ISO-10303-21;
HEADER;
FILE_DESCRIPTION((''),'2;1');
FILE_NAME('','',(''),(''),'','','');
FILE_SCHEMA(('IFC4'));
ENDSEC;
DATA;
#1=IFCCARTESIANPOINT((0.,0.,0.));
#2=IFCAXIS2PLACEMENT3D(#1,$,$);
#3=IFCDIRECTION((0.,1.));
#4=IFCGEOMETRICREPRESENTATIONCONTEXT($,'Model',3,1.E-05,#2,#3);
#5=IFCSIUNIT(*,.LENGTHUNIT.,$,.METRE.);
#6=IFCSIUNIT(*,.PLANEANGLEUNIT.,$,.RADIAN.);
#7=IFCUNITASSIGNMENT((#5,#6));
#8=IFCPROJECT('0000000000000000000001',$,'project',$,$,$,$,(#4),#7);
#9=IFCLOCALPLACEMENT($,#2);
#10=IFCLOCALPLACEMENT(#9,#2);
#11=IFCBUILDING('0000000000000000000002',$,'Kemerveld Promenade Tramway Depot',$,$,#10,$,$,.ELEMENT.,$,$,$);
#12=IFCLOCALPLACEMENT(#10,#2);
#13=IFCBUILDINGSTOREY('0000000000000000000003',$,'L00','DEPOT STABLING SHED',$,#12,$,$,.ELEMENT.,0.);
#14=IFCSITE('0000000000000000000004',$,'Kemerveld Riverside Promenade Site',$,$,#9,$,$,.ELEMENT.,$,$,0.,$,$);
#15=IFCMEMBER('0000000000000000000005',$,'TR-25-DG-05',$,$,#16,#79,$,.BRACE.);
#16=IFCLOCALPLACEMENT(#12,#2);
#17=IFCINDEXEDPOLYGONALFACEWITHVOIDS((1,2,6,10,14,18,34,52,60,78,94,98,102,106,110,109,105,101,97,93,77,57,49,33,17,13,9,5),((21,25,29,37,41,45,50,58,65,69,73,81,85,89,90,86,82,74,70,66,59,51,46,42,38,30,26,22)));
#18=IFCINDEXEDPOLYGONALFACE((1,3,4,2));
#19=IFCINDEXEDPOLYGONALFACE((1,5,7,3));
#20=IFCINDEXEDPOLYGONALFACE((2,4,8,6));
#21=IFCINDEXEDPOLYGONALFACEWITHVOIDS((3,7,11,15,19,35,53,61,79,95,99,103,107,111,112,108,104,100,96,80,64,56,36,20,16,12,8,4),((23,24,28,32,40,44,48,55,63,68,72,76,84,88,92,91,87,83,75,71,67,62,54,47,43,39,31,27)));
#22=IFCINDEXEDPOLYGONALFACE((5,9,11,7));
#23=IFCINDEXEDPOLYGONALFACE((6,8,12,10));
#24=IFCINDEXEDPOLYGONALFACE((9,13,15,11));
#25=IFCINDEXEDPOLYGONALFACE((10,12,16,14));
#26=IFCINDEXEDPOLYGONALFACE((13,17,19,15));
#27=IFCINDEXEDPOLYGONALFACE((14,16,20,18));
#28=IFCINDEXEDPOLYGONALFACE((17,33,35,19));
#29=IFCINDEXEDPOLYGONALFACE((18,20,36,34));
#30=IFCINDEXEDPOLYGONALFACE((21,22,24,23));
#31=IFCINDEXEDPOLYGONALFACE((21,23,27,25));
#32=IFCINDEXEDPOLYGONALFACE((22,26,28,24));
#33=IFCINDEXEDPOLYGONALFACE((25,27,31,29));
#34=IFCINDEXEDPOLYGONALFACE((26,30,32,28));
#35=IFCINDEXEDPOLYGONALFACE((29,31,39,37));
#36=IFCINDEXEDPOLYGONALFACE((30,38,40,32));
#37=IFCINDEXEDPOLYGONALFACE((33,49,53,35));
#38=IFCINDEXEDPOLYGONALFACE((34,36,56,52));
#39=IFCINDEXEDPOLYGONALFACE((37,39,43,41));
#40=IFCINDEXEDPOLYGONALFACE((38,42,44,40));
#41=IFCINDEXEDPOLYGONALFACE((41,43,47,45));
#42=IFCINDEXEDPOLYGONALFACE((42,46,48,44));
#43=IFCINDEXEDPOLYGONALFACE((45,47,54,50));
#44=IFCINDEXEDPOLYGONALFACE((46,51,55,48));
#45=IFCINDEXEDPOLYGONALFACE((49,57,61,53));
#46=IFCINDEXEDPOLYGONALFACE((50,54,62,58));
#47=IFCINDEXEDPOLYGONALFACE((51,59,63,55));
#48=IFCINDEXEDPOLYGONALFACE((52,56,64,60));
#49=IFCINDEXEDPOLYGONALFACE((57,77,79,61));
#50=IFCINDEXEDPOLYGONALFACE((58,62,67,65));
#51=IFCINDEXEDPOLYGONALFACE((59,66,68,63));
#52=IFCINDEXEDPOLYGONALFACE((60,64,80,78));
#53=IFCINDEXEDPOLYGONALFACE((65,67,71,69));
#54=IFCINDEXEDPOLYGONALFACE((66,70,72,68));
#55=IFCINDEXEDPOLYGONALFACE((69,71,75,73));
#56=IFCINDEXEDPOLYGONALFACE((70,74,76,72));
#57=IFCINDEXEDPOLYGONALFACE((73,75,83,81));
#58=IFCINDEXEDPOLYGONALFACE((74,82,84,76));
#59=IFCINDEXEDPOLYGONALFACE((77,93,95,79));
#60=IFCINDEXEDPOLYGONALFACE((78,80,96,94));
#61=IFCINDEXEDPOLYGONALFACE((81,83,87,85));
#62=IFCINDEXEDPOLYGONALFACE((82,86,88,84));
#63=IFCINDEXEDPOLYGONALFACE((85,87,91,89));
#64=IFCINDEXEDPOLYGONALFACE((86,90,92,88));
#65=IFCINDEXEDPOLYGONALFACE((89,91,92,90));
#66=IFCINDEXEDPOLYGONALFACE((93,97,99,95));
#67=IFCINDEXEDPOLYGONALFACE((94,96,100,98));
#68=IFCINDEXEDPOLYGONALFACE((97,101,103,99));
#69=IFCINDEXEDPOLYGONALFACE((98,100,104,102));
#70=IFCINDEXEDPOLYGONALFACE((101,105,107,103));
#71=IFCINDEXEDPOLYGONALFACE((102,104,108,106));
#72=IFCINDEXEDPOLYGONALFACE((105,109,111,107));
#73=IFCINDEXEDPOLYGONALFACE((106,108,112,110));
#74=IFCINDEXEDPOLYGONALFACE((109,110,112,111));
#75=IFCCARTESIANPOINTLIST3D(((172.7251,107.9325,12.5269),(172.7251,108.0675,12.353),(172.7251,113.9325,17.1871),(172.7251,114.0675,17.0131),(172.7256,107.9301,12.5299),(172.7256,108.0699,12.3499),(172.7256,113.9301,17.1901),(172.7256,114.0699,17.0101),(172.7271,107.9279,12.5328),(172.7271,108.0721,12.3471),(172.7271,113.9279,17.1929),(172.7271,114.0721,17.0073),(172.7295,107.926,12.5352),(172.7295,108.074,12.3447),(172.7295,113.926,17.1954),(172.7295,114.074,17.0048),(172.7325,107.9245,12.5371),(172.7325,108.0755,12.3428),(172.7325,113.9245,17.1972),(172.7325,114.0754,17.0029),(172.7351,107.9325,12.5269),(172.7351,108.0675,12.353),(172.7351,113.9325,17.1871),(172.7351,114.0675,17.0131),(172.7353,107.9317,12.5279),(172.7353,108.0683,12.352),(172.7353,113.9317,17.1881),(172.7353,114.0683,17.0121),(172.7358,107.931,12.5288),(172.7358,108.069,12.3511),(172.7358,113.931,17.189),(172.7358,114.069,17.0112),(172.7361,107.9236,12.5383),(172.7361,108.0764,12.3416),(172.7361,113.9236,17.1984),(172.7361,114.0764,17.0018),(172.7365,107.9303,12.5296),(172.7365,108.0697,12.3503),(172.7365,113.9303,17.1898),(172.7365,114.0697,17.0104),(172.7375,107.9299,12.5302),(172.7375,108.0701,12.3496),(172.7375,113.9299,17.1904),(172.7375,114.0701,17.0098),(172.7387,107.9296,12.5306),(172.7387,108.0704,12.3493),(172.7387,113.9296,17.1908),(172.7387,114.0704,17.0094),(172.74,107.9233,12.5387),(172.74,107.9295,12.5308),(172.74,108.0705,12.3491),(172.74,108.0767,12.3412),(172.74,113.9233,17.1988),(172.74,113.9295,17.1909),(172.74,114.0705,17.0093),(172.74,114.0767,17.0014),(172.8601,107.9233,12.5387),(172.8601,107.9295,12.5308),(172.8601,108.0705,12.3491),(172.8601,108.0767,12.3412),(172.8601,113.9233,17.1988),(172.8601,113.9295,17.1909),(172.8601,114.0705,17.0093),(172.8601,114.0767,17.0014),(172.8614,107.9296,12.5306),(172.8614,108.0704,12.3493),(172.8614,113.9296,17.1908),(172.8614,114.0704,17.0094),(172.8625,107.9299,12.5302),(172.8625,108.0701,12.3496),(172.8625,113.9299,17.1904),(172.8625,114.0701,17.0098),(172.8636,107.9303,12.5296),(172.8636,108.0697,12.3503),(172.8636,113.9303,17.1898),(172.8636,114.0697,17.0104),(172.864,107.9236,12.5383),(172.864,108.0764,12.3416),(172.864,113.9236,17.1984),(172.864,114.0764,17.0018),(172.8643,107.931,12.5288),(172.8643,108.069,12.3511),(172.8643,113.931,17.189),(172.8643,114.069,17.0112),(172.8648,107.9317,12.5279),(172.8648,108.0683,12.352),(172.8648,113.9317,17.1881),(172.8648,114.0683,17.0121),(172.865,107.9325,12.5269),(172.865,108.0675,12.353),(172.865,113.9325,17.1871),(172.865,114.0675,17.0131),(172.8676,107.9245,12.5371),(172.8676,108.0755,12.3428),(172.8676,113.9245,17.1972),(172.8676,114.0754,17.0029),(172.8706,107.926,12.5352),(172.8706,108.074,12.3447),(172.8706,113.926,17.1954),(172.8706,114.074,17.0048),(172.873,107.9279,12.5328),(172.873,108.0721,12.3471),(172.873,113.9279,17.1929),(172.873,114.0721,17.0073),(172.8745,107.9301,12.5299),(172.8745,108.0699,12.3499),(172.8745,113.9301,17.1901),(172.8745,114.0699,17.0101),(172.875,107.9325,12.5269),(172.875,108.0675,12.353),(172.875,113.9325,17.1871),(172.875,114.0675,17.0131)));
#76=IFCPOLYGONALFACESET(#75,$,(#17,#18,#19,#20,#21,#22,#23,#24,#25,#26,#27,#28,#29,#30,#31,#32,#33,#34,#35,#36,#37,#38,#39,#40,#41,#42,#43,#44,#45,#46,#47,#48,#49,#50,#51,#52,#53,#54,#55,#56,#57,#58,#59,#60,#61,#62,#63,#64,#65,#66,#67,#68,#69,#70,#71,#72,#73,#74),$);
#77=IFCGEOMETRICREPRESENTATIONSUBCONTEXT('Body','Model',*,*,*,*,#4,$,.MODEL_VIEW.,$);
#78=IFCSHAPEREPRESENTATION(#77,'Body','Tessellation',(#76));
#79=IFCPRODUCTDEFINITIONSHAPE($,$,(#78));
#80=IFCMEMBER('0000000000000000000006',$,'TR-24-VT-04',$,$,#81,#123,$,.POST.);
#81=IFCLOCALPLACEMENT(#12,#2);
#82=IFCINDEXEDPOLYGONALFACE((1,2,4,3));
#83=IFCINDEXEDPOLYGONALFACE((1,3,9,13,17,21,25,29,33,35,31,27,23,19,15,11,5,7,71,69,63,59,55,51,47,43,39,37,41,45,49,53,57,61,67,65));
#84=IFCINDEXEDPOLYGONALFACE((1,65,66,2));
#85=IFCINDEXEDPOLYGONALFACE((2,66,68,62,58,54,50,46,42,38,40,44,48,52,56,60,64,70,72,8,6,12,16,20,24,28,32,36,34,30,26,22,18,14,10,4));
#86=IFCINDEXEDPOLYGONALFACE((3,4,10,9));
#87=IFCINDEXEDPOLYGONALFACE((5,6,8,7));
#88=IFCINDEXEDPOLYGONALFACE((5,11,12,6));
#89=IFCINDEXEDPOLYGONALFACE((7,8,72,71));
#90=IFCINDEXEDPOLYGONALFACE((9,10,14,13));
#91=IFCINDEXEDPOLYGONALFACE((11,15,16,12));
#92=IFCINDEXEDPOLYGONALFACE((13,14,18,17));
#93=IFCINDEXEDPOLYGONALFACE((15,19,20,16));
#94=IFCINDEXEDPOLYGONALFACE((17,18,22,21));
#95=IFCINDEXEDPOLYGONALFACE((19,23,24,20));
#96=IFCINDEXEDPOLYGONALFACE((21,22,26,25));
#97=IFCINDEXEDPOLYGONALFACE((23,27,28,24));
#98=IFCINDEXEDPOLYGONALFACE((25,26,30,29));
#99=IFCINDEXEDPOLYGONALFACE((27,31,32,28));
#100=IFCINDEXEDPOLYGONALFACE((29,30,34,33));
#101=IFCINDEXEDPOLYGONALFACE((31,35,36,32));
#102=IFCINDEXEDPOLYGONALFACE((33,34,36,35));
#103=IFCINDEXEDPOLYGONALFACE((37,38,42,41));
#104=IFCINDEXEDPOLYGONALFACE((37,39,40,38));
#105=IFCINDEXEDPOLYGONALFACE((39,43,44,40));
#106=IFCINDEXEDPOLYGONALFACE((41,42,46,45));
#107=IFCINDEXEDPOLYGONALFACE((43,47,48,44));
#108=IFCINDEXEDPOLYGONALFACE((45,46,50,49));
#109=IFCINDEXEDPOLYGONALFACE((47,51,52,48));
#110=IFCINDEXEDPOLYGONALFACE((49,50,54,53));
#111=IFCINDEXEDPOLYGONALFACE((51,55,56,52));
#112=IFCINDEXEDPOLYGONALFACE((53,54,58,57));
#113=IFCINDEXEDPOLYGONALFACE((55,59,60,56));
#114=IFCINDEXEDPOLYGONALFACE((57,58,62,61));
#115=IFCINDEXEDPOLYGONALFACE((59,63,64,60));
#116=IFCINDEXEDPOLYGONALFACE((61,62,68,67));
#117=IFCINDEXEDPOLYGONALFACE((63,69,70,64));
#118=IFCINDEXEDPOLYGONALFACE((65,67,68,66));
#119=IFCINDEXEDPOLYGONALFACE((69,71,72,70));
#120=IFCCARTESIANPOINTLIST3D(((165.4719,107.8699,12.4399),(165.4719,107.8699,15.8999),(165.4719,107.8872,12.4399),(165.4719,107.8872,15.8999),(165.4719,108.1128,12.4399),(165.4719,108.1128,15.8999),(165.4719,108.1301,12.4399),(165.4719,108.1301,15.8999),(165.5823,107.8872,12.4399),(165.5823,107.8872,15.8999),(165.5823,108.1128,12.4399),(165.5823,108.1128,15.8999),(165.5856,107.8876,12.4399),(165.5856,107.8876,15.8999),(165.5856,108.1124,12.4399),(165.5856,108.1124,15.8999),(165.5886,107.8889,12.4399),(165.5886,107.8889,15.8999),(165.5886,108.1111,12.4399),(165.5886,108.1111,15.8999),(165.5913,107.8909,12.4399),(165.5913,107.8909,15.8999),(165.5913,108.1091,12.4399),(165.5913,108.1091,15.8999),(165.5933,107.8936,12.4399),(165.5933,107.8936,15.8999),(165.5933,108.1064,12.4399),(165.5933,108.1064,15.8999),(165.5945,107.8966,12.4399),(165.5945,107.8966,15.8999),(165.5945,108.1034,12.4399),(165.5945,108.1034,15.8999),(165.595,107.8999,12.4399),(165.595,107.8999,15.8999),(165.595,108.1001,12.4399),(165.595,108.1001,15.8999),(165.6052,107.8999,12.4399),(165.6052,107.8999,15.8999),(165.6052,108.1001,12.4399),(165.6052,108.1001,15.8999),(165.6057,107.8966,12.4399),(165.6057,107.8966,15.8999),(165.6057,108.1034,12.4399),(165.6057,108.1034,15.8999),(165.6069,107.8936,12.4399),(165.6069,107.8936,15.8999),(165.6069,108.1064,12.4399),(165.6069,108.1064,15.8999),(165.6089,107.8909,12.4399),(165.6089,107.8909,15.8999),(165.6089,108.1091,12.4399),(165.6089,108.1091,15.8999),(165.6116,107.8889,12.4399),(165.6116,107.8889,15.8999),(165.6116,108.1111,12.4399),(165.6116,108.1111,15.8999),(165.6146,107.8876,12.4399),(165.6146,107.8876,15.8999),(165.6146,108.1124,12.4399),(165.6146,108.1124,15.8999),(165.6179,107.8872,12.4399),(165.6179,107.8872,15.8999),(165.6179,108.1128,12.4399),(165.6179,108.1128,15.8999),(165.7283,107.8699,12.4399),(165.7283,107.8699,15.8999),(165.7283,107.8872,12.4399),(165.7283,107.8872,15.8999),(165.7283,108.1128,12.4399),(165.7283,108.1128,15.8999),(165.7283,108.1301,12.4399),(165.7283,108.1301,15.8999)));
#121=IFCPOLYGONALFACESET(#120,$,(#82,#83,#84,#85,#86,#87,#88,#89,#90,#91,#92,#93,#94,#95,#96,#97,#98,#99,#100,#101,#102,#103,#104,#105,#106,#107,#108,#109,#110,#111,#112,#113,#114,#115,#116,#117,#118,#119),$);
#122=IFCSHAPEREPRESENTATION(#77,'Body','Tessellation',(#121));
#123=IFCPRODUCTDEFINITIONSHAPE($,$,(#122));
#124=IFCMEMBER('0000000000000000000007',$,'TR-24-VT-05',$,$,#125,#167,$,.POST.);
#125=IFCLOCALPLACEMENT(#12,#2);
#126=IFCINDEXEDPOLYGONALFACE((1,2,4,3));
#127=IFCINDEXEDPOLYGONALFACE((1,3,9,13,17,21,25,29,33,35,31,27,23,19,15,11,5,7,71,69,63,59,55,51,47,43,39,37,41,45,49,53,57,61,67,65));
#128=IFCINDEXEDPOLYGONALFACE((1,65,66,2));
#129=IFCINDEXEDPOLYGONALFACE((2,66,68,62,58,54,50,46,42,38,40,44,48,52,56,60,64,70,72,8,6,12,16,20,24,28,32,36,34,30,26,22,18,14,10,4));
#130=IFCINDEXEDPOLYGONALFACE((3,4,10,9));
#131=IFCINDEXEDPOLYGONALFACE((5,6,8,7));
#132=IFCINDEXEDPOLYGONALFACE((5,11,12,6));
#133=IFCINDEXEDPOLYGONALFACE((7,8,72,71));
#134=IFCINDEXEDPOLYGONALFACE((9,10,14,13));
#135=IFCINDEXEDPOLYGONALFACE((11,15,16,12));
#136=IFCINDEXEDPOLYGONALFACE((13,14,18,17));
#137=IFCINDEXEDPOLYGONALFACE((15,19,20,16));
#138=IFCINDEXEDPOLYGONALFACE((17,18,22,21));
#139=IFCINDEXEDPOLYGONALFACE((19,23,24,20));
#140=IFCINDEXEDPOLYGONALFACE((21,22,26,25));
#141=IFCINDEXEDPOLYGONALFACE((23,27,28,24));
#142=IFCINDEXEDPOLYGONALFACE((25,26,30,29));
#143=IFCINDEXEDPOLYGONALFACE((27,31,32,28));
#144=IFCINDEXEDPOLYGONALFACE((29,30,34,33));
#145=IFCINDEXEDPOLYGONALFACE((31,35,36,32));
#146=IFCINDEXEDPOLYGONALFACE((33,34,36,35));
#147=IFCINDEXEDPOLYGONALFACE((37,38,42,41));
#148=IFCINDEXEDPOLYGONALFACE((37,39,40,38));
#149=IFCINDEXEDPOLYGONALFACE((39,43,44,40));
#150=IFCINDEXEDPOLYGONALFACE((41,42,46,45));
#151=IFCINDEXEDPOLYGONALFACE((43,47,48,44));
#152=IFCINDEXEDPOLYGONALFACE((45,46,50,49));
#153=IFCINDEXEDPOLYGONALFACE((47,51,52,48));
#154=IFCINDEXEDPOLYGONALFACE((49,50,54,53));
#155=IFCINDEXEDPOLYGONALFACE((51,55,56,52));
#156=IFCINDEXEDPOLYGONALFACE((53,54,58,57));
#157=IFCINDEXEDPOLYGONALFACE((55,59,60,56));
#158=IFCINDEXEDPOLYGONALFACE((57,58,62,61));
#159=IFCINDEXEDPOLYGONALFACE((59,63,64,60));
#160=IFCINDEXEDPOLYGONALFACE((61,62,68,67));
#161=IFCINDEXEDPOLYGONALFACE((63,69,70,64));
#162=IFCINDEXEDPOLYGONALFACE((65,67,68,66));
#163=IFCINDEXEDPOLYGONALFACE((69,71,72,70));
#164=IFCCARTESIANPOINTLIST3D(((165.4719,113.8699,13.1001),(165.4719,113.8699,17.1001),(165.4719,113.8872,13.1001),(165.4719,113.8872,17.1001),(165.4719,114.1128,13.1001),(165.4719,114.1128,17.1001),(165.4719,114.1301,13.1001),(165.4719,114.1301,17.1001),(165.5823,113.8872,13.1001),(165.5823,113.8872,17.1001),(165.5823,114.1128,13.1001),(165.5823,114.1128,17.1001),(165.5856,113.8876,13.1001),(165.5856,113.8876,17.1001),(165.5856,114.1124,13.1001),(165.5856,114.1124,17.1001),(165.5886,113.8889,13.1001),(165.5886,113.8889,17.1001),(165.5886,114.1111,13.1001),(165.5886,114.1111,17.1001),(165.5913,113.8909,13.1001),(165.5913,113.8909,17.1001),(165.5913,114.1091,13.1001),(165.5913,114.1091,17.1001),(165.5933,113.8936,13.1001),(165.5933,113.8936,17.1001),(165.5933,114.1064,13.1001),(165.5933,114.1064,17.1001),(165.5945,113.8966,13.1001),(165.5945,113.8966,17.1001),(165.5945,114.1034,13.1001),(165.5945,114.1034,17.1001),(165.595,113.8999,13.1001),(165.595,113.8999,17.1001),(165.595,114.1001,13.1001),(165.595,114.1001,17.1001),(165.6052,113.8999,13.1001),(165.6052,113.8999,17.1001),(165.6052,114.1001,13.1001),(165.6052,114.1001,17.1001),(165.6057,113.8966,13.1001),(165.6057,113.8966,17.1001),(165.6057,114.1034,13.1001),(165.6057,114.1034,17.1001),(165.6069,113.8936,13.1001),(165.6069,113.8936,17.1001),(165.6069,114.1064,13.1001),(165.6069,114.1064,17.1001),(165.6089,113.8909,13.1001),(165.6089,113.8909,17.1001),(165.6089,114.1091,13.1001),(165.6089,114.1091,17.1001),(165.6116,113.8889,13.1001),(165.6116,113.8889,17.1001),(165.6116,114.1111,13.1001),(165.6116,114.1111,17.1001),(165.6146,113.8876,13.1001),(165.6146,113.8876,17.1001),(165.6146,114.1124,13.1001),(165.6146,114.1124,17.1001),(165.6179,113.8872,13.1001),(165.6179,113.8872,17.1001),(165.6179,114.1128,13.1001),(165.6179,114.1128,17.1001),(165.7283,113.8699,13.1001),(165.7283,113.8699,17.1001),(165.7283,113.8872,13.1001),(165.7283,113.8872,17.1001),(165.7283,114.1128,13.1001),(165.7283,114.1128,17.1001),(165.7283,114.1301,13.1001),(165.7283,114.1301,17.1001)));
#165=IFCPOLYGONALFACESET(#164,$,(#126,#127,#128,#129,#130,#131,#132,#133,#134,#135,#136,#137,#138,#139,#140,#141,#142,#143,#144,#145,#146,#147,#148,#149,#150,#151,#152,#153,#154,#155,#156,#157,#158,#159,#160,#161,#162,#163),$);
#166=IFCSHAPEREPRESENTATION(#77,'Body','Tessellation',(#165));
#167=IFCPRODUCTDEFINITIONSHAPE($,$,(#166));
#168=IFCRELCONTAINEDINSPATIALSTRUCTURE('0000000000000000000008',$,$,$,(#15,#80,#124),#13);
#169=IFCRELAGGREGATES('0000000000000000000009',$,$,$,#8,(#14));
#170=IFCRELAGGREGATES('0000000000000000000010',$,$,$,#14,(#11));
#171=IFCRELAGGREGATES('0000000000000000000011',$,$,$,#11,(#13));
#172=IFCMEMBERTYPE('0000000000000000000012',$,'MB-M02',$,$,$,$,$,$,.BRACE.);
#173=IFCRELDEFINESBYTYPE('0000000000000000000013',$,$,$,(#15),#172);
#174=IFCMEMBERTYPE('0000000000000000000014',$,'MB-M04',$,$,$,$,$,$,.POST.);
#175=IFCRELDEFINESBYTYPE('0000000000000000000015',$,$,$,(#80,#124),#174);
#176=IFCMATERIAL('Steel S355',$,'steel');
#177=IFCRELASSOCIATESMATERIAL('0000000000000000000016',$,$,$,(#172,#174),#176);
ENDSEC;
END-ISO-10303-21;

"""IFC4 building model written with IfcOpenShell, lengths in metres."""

from ifc_helpers import new_model, si_unit, direction, frame, origin, origin_2d, place, context, subcontext, project, spatial, hollow_rectangle, i_section, extrude, material, material_profile, profile_set, type_object, element, save


model = new_model("IFC4")

# Units and contexts
model_context = context("Model", 3, precision=1e-05, world=origin(), true_north=direction((0.0, 1.0)))
body_context = subcontext(model_context, "Body", "Model", "MODEL_VIEW")
ifc_project = project(units=[si_unit("LENGTHUNIT", "METRE"), si_unit("PLANEANGLEUNIT", "RADIAN")], contexts=[model_context])

# Site, building, storey
site_placement = place(None, origin())
site = spatial("IfcSite", under=ifc_project, at=site_placement, Name="Kemerveld Riverside Promenade Site", CompositionType="ELEMENT", RefElevation=0.0)
building_placement = place(site_placement, origin())
building = spatial("IfcBuilding", under=site, at=building_placement, Name="Kemerveld Promenade Tramway Depot", CompositionType="ELEMENT")
storey_placement = place(building_placement, origin())
storey = spatial("IfcBuildingStorey", under=building, at=storey_placement, Name="L00", Description="DEPOT STABLING SHED", CompositionType="ELEMENT", Elevation=0.0)

# Members
ifc_material_1 = material(Name="Steel S355", Category="steel")
ifc_material_profile_1 = material_profile(ifc_material_1, hollow_rectangle(XDim=0.1499, YDim=0.25, WallThickness=0.01, InnerFilletRadius=0.0049, OuterFilletRadius=0.0149, at=origin_2d()), Name="250x150x10.0 RHS")
ifc_profile_set_1 = profile_set([ifc_material_profile_1], Name="Steel S355")
member_type_1 = type_object("IfcMemberType", Name="MB-M02", PredefinedType="BRACE", material=ifc_profile_set_1)
member_1_placement = place(storey_placement, frame((172.8, 108.0, 12.4399), z_axis=(0.0, 0.789767, 0.613407), x_axis=(-1.0, 0.0, 0.0)))
element("IfcMember", 1, at=member_1_placement, inside=storey, type_object=member_type_1, Name="TR-25-DG-05", PredefinedType="BRACE", context=body_context, shape_type="SweptSolid", body=[
    extrude(hollow_rectangle(XDim=0.1499, YDim=0.25, WallThickness=0.01, InnerFilletRadius=0.0049, OuterFilletRadius=0.0149, at=origin_2d()), origin(), (0.0, 0.0, 1.0), 7.5972),
])
ifc_material_profile_2 = material_profile(ifc_material_1, i_section(OverallWidth=0.2563, OverallDepth=0.2603, WebThickness=0.0103, FlangeThickness=0.0173, FilletRadius=0.0127, at=origin_2d()), Name="254x254x89 UC")
ifc_profile_set_2 = profile_set([ifc_material_profile_2], Name="Steel S355")
member_type_2 = type_object("IfcMemberType", Name="MB-M04", PredefinedType="POST", material=ifc_profile_set_2)
member_2_placement = place(storey_placement, frame((165.6001, 108.0, 12.4399), z_axis=(0.0, 0.0, 1.0), x_axis=(1.0, 0.0, 0.0)))
element("IfcMember", 2, at=member_2_placement, inside=storey, type_object=member_type_2, Name="TR-24-VT-04", PredefinedType="POST", context=body_context, shape_type="SweptSolid", body=[
    extrude(i_section(OverallWidth=0.2563, OverallDepth=0.2603, WebThickness=0.0103, FlangeThickness=0.0173, FilletRadius=0.0127, at=origin_2d()), origin(), (0.0, 0.0, 1.0), 3.46),
])
member_3_placement = place(storey_placement, frame((165.6001, 114.0, 13.1001), z_axis=(0.0, 0.0, 1.0), x_axis=(1.0, 0.0, 0.0)))
element("IfcMember", 3, at=member_3_placement, inside=storey, type_object=member_type_2, Name="TR-24-VT-05", PredefinedType="POST", context=body_context, shape_type="SweptSolid", body=[
    extrude(i_section(OverallWidth=0.2563, OverallDepth=0.2603, WebThickness=0.0103, FlangeThickness=0.0173, FilletRadius=0.0127, at=origin_2d()), origin(), (0.0, 0.0, 1.0), 4.0),
])

save(model, "model.ifc")
